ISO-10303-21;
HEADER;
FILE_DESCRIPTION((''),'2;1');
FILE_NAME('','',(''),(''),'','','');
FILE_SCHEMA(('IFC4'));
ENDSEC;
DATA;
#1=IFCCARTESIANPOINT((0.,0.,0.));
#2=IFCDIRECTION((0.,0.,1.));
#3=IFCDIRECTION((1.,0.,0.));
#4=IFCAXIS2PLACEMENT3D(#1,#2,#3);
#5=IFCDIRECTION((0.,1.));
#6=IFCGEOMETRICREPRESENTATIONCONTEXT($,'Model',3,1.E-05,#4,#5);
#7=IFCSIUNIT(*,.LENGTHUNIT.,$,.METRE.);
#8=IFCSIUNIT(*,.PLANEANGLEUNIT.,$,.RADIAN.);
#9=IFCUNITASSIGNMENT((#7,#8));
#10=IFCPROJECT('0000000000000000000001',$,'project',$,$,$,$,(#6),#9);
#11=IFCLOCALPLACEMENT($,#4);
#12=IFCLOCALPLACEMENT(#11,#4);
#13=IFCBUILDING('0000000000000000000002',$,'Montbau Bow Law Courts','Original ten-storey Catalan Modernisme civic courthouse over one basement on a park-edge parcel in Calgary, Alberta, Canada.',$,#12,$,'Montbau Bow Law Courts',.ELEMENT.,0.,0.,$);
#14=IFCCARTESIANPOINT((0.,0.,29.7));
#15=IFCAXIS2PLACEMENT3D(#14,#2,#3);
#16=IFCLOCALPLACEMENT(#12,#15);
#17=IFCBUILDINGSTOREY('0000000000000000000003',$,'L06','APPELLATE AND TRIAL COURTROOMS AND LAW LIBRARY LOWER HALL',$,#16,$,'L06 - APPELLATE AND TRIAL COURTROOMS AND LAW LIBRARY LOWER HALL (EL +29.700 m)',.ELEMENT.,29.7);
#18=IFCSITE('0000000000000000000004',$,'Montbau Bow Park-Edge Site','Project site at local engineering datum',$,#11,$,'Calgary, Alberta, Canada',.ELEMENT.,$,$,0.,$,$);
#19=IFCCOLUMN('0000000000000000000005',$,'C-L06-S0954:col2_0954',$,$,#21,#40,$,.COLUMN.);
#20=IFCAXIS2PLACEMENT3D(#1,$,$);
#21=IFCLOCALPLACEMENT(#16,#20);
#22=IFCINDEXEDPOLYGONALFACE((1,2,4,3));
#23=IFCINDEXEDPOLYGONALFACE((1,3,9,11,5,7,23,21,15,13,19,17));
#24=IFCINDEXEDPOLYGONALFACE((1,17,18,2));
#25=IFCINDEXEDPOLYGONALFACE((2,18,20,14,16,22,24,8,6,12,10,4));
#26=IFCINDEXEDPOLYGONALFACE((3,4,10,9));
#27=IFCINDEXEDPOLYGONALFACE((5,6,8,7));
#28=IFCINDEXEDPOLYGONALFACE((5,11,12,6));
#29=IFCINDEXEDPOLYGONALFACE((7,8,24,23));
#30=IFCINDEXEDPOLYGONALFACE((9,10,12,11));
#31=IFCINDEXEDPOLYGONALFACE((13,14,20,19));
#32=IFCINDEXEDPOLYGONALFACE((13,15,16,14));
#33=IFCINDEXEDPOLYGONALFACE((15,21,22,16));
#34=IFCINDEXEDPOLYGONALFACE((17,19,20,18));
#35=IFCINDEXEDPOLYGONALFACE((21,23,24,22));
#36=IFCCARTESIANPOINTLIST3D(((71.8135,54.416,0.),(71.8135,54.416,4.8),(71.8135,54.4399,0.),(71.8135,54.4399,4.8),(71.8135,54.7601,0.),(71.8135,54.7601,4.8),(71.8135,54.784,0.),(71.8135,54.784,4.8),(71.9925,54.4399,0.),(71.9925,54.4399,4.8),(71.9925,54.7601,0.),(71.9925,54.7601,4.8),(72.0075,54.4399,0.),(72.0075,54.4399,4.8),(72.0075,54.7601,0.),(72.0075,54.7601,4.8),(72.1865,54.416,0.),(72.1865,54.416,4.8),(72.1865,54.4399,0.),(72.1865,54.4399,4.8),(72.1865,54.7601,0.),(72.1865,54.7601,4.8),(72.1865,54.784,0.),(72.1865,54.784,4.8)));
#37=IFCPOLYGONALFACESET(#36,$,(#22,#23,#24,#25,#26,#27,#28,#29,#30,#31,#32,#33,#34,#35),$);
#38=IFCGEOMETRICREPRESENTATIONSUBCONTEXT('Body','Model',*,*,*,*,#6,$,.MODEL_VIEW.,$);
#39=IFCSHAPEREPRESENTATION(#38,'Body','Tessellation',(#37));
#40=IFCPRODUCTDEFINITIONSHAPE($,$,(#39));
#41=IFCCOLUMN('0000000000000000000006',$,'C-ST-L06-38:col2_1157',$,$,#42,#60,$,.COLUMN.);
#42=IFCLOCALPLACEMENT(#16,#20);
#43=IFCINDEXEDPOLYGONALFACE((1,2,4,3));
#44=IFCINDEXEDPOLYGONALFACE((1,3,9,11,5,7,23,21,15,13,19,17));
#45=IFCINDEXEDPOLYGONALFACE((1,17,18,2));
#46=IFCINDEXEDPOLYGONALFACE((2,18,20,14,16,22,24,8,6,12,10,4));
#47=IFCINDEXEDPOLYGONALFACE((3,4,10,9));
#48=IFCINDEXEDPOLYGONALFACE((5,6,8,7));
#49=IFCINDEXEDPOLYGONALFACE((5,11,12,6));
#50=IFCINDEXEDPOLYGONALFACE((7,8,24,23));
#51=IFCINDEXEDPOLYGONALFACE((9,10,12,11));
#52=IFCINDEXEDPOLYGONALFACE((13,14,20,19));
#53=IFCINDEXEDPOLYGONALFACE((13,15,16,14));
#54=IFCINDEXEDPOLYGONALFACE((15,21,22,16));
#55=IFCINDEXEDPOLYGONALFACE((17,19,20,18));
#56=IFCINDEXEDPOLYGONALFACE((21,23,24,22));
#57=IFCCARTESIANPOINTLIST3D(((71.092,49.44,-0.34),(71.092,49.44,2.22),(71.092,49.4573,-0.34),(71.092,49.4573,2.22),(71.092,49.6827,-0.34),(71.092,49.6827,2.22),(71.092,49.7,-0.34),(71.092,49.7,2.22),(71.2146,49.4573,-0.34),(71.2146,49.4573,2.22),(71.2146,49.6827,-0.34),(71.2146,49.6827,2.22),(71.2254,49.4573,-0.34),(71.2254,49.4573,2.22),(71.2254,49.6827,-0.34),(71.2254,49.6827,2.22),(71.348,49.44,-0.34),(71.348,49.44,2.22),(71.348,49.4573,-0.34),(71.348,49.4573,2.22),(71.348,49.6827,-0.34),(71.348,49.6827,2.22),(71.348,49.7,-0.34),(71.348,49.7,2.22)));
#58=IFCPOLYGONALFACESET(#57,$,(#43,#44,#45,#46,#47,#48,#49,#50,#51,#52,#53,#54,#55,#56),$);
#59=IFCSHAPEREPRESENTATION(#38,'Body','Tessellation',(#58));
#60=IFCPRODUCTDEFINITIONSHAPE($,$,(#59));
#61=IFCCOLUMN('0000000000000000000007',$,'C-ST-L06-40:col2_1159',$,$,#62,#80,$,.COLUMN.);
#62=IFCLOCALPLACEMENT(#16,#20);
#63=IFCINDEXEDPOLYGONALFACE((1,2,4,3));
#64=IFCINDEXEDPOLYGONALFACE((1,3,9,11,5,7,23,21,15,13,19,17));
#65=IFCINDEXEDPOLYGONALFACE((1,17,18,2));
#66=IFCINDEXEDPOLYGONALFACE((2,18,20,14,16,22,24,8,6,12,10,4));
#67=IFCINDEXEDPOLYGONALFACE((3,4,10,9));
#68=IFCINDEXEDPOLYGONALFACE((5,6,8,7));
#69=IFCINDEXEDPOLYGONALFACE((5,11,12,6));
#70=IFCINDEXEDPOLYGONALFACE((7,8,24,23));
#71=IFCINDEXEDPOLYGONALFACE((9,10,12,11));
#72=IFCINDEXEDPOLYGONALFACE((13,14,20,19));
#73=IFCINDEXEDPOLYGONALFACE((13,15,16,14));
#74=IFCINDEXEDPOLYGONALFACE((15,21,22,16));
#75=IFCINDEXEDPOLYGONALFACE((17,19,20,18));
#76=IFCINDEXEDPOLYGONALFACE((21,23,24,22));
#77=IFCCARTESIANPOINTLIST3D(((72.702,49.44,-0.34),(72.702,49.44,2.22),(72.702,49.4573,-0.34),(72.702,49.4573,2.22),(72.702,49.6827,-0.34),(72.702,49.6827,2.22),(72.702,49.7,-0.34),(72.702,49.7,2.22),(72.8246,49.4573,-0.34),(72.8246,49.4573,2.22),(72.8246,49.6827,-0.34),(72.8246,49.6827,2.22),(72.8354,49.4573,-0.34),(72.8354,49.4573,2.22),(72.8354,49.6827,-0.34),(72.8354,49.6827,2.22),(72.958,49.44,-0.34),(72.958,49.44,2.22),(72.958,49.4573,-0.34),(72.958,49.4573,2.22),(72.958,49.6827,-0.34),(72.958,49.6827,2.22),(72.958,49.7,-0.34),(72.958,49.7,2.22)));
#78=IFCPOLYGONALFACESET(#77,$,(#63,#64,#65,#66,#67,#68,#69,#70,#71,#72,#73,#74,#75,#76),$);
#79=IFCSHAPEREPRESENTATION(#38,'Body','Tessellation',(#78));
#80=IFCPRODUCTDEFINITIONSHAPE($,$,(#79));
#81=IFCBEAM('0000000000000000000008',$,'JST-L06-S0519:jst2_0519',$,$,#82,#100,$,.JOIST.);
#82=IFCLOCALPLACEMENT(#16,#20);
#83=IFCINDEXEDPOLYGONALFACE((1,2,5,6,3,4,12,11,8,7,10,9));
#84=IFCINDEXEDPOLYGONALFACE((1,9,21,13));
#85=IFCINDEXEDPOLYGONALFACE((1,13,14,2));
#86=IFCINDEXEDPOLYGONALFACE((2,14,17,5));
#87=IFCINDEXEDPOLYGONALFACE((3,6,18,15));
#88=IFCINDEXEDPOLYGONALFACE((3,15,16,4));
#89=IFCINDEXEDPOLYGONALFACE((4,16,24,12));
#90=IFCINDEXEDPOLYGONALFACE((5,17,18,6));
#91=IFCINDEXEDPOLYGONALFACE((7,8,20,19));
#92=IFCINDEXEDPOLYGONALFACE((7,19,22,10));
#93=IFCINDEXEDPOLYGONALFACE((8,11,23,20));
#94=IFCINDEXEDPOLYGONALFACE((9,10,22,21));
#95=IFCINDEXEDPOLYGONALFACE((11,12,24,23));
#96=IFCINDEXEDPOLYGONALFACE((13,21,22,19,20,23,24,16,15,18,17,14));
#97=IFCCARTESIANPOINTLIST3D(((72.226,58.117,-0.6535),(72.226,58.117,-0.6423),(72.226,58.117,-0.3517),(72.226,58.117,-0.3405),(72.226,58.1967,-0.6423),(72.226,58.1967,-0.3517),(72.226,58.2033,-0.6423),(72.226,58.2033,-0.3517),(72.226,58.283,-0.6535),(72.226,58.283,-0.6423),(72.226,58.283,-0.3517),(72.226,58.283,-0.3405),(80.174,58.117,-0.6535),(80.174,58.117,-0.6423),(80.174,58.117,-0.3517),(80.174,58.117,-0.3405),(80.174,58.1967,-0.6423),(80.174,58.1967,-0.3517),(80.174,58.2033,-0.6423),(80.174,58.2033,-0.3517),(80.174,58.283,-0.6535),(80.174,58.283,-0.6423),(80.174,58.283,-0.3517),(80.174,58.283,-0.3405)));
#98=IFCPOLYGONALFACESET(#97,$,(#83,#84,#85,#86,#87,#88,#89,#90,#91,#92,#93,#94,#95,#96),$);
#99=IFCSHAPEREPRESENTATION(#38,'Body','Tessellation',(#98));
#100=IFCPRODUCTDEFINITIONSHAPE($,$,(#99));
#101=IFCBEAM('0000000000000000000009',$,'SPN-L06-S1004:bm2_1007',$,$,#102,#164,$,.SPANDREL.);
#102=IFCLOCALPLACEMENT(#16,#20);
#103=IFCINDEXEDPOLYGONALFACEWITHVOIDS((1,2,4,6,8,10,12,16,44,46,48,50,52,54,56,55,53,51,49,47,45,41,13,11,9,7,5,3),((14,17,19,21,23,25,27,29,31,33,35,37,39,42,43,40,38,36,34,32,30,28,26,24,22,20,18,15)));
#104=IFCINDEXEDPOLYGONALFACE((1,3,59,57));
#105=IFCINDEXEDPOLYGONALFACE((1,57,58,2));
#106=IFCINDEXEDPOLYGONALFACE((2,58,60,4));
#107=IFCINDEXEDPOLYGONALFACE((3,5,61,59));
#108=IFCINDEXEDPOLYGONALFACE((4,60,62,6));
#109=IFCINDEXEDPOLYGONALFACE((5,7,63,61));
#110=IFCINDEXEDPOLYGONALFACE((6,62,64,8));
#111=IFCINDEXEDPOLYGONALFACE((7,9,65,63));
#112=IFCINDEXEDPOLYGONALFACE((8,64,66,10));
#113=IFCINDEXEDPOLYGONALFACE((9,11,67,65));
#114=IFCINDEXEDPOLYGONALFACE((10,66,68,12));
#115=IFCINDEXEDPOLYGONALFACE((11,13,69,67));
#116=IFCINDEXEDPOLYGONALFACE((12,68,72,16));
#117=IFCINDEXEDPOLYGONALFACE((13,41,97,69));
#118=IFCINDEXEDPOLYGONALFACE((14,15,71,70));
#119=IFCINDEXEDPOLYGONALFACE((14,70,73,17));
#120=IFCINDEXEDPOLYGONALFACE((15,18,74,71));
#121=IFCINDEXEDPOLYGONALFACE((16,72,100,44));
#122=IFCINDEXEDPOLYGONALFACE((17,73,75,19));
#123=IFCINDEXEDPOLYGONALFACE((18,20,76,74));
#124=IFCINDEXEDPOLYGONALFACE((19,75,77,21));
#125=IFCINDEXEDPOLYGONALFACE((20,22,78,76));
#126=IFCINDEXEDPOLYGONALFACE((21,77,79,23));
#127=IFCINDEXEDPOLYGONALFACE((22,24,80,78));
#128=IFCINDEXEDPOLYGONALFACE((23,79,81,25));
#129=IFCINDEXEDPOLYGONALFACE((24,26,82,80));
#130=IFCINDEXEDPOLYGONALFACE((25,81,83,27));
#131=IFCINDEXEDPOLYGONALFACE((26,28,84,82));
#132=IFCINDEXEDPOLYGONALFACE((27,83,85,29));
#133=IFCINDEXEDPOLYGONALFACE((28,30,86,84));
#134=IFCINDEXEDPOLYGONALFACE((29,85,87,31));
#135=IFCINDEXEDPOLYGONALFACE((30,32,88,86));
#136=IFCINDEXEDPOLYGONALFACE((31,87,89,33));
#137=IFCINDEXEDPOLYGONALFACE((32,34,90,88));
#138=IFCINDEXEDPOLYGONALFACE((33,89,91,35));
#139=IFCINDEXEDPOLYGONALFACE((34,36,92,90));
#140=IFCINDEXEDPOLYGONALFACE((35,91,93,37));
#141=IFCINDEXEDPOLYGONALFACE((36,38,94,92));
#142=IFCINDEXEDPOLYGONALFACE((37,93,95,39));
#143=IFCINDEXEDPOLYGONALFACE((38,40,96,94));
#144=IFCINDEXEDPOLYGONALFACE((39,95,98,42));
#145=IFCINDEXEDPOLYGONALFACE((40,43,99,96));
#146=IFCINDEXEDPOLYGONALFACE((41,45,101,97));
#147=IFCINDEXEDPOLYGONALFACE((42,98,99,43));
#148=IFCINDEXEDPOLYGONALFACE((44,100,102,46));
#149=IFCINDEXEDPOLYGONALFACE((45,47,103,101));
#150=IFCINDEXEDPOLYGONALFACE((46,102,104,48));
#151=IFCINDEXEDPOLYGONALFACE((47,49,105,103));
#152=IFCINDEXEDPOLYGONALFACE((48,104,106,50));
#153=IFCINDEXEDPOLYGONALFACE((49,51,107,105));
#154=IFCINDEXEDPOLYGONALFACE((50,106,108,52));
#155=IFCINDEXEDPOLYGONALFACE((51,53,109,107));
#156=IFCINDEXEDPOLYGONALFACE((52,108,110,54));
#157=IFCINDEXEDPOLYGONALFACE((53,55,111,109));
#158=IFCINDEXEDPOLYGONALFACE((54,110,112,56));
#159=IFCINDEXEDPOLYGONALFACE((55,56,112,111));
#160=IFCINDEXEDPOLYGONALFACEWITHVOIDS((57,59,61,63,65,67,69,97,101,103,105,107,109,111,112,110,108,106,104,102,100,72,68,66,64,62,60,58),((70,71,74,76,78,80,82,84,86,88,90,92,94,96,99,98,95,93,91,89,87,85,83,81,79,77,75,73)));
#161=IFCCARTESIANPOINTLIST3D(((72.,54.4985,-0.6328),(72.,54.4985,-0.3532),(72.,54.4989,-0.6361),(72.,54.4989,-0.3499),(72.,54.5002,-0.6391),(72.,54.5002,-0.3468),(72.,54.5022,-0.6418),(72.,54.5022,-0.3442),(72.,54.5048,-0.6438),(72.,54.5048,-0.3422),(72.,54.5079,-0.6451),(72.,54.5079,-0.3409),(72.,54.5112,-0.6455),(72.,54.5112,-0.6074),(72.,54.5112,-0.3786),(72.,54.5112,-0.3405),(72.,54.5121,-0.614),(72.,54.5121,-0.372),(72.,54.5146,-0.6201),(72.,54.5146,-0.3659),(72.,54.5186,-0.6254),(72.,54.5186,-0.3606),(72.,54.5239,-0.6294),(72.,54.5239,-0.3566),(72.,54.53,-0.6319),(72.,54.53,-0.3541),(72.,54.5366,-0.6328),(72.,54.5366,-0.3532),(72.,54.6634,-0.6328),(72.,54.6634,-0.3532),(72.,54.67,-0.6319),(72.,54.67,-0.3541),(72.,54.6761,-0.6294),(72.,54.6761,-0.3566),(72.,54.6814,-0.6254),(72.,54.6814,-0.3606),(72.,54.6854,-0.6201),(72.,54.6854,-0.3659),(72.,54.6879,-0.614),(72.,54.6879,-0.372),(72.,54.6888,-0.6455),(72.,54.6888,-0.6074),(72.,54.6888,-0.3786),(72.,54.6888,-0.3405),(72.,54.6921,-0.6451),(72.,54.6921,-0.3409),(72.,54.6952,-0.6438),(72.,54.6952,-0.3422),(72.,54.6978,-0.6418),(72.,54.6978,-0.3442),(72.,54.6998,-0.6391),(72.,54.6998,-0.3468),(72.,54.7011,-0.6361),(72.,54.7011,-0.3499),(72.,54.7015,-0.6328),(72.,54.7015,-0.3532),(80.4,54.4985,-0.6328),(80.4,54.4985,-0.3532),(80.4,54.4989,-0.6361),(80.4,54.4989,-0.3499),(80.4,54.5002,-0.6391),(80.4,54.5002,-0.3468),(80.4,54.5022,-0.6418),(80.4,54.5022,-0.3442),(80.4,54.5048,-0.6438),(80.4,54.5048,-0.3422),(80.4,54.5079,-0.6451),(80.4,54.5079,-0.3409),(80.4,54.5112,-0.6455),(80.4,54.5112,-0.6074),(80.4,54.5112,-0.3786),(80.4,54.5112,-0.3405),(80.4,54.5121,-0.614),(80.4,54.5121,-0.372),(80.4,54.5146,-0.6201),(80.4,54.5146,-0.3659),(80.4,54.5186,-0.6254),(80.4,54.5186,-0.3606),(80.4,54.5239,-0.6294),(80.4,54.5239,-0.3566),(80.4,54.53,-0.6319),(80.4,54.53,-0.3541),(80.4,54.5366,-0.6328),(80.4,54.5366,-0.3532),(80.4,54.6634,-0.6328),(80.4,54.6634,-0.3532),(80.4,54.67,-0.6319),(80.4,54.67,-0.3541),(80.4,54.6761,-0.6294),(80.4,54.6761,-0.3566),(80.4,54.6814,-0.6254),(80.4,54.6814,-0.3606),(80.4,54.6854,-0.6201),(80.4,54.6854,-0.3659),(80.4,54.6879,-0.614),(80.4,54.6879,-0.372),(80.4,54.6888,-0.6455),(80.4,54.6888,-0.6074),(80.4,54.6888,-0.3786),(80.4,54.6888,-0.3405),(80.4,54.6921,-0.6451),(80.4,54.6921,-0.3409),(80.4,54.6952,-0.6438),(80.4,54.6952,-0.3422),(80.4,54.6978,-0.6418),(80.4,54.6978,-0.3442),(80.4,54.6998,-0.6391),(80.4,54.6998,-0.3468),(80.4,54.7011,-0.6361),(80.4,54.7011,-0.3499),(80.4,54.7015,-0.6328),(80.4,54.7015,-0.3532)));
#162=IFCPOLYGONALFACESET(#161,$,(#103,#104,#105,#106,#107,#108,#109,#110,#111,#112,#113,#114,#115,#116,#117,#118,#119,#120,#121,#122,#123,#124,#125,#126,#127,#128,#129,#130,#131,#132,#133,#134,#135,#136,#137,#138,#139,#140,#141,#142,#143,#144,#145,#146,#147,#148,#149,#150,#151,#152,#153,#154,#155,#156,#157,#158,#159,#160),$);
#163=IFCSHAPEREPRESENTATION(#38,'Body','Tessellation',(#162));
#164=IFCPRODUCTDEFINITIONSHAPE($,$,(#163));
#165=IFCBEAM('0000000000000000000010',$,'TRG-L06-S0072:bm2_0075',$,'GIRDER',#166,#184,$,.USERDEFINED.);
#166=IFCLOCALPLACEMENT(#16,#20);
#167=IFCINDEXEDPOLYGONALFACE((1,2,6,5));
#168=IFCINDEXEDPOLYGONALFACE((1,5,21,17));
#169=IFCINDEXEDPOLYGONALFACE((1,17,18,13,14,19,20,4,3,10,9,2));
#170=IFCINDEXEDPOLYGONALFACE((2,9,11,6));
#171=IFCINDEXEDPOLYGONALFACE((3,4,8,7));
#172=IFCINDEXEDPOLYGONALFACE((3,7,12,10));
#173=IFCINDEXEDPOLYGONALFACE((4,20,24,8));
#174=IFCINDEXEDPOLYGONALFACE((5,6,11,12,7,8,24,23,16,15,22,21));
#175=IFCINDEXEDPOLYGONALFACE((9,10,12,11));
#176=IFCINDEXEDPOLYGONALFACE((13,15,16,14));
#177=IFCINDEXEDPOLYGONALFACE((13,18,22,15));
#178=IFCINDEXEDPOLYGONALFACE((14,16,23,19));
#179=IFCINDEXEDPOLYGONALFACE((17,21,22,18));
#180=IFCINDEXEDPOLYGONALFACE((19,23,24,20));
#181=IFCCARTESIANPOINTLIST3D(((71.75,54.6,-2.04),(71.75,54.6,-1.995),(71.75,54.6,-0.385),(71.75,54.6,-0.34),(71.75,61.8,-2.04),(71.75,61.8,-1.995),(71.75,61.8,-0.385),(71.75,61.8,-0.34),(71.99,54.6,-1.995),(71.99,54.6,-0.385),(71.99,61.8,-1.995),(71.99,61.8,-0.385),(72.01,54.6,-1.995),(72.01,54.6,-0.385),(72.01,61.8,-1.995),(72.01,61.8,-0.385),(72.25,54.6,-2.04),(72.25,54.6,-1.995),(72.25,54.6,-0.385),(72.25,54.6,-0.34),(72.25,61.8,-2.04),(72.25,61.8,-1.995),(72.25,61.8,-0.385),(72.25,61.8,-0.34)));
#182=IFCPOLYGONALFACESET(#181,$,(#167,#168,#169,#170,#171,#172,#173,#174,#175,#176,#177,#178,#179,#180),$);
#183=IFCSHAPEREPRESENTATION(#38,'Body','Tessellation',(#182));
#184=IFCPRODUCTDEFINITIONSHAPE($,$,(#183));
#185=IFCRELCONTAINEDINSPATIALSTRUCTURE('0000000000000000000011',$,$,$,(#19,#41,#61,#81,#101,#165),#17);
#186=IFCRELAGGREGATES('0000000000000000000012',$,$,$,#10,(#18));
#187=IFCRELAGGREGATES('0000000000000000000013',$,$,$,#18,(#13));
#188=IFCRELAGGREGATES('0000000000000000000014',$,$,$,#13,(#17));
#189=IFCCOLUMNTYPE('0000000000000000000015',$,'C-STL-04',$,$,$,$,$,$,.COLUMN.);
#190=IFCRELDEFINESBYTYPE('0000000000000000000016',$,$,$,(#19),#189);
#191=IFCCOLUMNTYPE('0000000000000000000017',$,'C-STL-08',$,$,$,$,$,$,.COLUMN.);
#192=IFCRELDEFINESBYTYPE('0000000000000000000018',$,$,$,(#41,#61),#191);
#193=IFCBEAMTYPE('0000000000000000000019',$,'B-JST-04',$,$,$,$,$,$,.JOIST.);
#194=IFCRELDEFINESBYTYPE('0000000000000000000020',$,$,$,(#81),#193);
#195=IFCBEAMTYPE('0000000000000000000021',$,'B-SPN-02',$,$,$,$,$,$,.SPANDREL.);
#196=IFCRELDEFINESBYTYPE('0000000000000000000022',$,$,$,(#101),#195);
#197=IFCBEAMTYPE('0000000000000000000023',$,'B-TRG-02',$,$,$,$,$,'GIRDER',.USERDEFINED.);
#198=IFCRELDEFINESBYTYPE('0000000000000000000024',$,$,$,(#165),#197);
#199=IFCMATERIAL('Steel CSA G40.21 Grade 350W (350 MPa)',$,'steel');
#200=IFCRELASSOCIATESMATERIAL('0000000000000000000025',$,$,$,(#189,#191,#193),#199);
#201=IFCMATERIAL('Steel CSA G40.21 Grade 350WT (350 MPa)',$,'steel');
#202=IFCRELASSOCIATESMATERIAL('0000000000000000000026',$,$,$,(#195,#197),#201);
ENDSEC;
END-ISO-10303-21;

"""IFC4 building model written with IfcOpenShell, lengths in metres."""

from ifc_helpers import new_model, si_unit, direction, frame, origin_with_axes, origin_2d_with_axis, place, context, subcontext, project, spatial, hollow_rectangle, i_section, extrude, material, material_profile, profile_set, type_object, element, save


model = new_model("IFC4")

# Units and contexts
model_context = context("Model", 3, precision=1e-05, world=origin_with_axes(), true_north=direction((0.0, 1.0)))
body_context = subcontext(model_context, "Body", "Model", "MODEL_VIEW")
ifc_project = project(units=[si_unit("LENGTHUNIT", "METRE"), si_unit("PLANEANGLEUNIT", "RADIAN")], contexts=[model_context])

# Site, building, storey
site_placement = place(None, origin_with_axes())
site = spatial("IfcSite", under=ifc_project, at=site_placement, Name="Montbau Bow Park-Edge Site", Description="Project site at local engineering datum", LongName="Calgary, Alberta, Canada", CompositionType="ELEMENT", RefElevation=0.0)
building_placement = place(site_placement, origin_with_axes())
building = spatial("IfcBuilding", under=site, at=building_placement, Name="Montbau Bow Law Courts", Description="Original ten-storey Catalan Modernisme civic courthouse over one basement on a park-edge parcel in Calgary, Alberta, Canada.", LongName="Montbau Bow Law Courts", CompositionType="ELEMENT", ElevationOfRefHeight=0.0, ElevationOfTerrain=0.0)
storey_placement = place(building_placement, frame((0.0, 0.0, 29.7), z_axis=(0.0, 0.0, 1.0), x_axis=(1.0, 0.0, 0.0)))
storey = spatial("IfcBuildingStorey", under=building, at=storey_placement, Name="L06", Description="APPELLATE AND TRIAL COURTROOMS AND LAW LIBRARY LOWER HALL", LongName="L06 - APPELLATE AND TRIAL COURTROOMS AND LAW LIBRARY LOWER HALL (EL +29.700 m)", CompositionType="ELEMENT", Elevation=29.7)

# Columns
ifc_material_1 = material(Name="Steel CSA G40.21 Grade 350W (350 MPa)", Category="steel")
ifc_material_profile_1 = material_profile(ifc_material_1, i_section(OverallWidth=0.373, OverallDepth=0.368, WebThickness=0.015, FlangeThickness=0.0239, at=origin_2d_with_axis()), Name="W360X179", Category="Main", Priority=0)
ifc_profile_set_1 = profile_set([ifc_material_profile_1], Name="Steel CSA G40.21 Grade 350W (350 MPa)")
column_type_1 = type_object("IfcColumnType", Name="C-STL-04", PredefinedType="COLUMN", material=ifc_profile_set_1)
column_placement = place(None, frame((72.0, 54.6, 29.7), z_axis=(0.0, 0.0, 1.0), x_axis=(1.0, 0.0, 0.0)))
element("IfcColumn", 1, at=column_placement, inside=storey, type_object=column_type_1, Name="C-L06-S0954:col2_0954", PredefinedType="COLUMN", context=body_context, shape_type="SweptSolid", body=[
    extrude(i_section(OverallWidth=0.373, OverallDepth=0.368, WebThickness=0.015, FlangeThickness=0.0239, at=origin_2d_with_axis()), origin_with_axes(), (0.0, 0.0, 1.0), 4.8),
])
ifc_material_profile_2 = material_profile(ifc_material_1, i_section(OverallWidth=0.256, OverallDepth=0.26, WebThickness=0.0107, FlangeThickness=0.0173, at=origin_2d_with_axis()), Name="W250X89", Category="Main", Priority=0)
ifc_profile_set_2 = profile_set([ifc_material_profile_2], Name="Steel CSA G40.21 Grade 350W (350 MPa)")
column_type_2 = type_object("IfcColumnType", Name="C-STL-08", PredefinedType="COLUMN", material=ifc_profile_set_2)
for number, where, z_axis, x_axis, name in (
    (2, (71.22, 49.57, 29.36), (0.0, 0.0, 1.0), (1.0, 0.0, 0.0), "C-ST-L06-38:col2_1157"),
    (3, (72.83, 49.57, 29.36), (0.0, 0.0, 1.0), (1.0, 0.0, 0.0), "C-ST-L06-40:col2_1159"),
):
    element("IfcColumn", number, at=place(None, frame(where, z_axis=z_axis, x_axis=x_axis)), inside=storey, type_object=column_type_2, Name=name, PredefinedType="COLUMN", context=body_context, shape_type="SweptSolid", body=[
        extrude(i_section(OverallWidth=0.256, OverallDepth=0.26, WebThickness=0.0107, FlangeThickness=0.0173, at=origin_2d_with_axis()), origin_with_axes(), (0.0, 0.0, 1.0), 2.56),
    ])

# Beams
ifc_material_profile_3 = material_profile(ifc_material_1, i_section(OverallWidth=0.166, OverallDepth=0.313, WebThickness=0.0066, FlangeThickness=0.0112, at=origin_2d_with_axis()), Name="W310X45", Category="Main", Priority=0)
ifc_profile_set_3 = profile_set([ifc_material_profile_3], Name="Steel CSA G40.21 Grade 350W (350 MPa)")
beam_type_1 = type_object("IfcBeamType", Name="B-JST-04", PredefinedType="JOIST", material=ifc_profile_set_3)
beam_1_placement = place(None, frame((72.226, 58.2, 29.203), z_axis=(1.0, 0.0, 0.0), x_axis=(0.0, 1.0, 0.0)))
element("IfcBeam", 4, at=beam_1_placement, inside=storey, type_object=beam_type_1, Name="JST-L06-S0519:jst2_0519", PredefinedType="JOIST", context=body_context, shape_type="SweptSolid", body=[
    extrude(i_section(OverallWidth=0.166, OverallDepth=0.313, WebThickness=0.0066, FlangeThickness=0.0112, at=origin_2d_with_axis()), origin_with_axes(), (0.0, 0.0, 1.0), 7.948),
])
ifc_material_2 = material(Name="Steel CSA G40.21 Grade 350WT (350 MPa)", Category="steel")
ifc_material_profile_4 = material_profile(ifc_material_2, hollow_rectangle(XDim=0.203, YDim=0.305, WallThickness=0.0127, InnerFilletRadius=0.0254, OuterFilletRadius=0.0127, at=origin_2d_with_axis()), Name="HSS305X203X13", Category="Main", Priority=0)
ifc_profile_set_4 = profile_set([ifc_material_profile_4], Name="Steel CSA G40.21 Grade 350WT (350 MPa)")
beam_type_2 = type_object("IfcBeamType", Name="B-SPN-02", PredefinedType="SPANDREL", material=ifc_profile_set_4)
beam_2_placement = place(None, frame((72.0, 54.6, 29.207), z_axis=(1.0, 0.0, 0.0), x_axis=(0.0, 1.0, 0.0)))
element("IfcBeam", 5, at=beam_2_placement, inside=storey, type_object=beam_type_2, Name="SPN-L06-S1004:bm2_1007", PredefinedType="SPANDREL", context=body_context, shape_type="SweptSolid", body=[
    extrude(hollow_rectangle(XDim=0.203, YDim=0.305, WallThickness=0.0127, InnerFilletRadius=0.0254, OuterFilletRadius=0.0127, at=origin_2d_with_axis()), origin_with_axes(), (0.0, 0.0, 1.0), 8.4),
])
ifc_material_profile_5 = material_profile(ifc_material_2, i_section(OverallWidth=0.5, OverallDepth=1.7, WebThickness=0.02, FlangeThickness=0.045, at=origin_2d_with_axis()), Name="WWF1700X480", Category="Main", Priority=0)
ifc_profile_set_5 = profile_set([ifc_material_profile_5], Name="Steel CSA G40.21 Grade 350WT (350 MPa)")
beam_type_3 = type_object("IfcBeamType", Name="B-TRG-02", ElementType="GIRDER", PredefinedType="USERDEFINED", material=ifc_profile_set_5)
beam_3_placement = place(None, frame((72.0, 54.6, 28.51), z_axis=(0.0, 1.0, 0.0), x_axis=(-1.0, 0.0, 0.0)))
element("IfcBeam", 6, at=beam_3_placement, inside=storey, type_object=beam_type_3, Name="TRG-L06-S0072:bm2_0075", ObjectType="GIRDER", PredefinedType="USERDEFINED", context=body_context, shape_type="SweptSolid", body=[
    extrude(i_section(OverallWidth=0.5, OverallDepth=1.7, WebThickness=0.02, FlangeThickness=0.045, at=origin_2d_with_axis()), origin_with_axes(), (0.0, 0.0, 1.0), 7.2),
])

save(model, "model.ifc")
